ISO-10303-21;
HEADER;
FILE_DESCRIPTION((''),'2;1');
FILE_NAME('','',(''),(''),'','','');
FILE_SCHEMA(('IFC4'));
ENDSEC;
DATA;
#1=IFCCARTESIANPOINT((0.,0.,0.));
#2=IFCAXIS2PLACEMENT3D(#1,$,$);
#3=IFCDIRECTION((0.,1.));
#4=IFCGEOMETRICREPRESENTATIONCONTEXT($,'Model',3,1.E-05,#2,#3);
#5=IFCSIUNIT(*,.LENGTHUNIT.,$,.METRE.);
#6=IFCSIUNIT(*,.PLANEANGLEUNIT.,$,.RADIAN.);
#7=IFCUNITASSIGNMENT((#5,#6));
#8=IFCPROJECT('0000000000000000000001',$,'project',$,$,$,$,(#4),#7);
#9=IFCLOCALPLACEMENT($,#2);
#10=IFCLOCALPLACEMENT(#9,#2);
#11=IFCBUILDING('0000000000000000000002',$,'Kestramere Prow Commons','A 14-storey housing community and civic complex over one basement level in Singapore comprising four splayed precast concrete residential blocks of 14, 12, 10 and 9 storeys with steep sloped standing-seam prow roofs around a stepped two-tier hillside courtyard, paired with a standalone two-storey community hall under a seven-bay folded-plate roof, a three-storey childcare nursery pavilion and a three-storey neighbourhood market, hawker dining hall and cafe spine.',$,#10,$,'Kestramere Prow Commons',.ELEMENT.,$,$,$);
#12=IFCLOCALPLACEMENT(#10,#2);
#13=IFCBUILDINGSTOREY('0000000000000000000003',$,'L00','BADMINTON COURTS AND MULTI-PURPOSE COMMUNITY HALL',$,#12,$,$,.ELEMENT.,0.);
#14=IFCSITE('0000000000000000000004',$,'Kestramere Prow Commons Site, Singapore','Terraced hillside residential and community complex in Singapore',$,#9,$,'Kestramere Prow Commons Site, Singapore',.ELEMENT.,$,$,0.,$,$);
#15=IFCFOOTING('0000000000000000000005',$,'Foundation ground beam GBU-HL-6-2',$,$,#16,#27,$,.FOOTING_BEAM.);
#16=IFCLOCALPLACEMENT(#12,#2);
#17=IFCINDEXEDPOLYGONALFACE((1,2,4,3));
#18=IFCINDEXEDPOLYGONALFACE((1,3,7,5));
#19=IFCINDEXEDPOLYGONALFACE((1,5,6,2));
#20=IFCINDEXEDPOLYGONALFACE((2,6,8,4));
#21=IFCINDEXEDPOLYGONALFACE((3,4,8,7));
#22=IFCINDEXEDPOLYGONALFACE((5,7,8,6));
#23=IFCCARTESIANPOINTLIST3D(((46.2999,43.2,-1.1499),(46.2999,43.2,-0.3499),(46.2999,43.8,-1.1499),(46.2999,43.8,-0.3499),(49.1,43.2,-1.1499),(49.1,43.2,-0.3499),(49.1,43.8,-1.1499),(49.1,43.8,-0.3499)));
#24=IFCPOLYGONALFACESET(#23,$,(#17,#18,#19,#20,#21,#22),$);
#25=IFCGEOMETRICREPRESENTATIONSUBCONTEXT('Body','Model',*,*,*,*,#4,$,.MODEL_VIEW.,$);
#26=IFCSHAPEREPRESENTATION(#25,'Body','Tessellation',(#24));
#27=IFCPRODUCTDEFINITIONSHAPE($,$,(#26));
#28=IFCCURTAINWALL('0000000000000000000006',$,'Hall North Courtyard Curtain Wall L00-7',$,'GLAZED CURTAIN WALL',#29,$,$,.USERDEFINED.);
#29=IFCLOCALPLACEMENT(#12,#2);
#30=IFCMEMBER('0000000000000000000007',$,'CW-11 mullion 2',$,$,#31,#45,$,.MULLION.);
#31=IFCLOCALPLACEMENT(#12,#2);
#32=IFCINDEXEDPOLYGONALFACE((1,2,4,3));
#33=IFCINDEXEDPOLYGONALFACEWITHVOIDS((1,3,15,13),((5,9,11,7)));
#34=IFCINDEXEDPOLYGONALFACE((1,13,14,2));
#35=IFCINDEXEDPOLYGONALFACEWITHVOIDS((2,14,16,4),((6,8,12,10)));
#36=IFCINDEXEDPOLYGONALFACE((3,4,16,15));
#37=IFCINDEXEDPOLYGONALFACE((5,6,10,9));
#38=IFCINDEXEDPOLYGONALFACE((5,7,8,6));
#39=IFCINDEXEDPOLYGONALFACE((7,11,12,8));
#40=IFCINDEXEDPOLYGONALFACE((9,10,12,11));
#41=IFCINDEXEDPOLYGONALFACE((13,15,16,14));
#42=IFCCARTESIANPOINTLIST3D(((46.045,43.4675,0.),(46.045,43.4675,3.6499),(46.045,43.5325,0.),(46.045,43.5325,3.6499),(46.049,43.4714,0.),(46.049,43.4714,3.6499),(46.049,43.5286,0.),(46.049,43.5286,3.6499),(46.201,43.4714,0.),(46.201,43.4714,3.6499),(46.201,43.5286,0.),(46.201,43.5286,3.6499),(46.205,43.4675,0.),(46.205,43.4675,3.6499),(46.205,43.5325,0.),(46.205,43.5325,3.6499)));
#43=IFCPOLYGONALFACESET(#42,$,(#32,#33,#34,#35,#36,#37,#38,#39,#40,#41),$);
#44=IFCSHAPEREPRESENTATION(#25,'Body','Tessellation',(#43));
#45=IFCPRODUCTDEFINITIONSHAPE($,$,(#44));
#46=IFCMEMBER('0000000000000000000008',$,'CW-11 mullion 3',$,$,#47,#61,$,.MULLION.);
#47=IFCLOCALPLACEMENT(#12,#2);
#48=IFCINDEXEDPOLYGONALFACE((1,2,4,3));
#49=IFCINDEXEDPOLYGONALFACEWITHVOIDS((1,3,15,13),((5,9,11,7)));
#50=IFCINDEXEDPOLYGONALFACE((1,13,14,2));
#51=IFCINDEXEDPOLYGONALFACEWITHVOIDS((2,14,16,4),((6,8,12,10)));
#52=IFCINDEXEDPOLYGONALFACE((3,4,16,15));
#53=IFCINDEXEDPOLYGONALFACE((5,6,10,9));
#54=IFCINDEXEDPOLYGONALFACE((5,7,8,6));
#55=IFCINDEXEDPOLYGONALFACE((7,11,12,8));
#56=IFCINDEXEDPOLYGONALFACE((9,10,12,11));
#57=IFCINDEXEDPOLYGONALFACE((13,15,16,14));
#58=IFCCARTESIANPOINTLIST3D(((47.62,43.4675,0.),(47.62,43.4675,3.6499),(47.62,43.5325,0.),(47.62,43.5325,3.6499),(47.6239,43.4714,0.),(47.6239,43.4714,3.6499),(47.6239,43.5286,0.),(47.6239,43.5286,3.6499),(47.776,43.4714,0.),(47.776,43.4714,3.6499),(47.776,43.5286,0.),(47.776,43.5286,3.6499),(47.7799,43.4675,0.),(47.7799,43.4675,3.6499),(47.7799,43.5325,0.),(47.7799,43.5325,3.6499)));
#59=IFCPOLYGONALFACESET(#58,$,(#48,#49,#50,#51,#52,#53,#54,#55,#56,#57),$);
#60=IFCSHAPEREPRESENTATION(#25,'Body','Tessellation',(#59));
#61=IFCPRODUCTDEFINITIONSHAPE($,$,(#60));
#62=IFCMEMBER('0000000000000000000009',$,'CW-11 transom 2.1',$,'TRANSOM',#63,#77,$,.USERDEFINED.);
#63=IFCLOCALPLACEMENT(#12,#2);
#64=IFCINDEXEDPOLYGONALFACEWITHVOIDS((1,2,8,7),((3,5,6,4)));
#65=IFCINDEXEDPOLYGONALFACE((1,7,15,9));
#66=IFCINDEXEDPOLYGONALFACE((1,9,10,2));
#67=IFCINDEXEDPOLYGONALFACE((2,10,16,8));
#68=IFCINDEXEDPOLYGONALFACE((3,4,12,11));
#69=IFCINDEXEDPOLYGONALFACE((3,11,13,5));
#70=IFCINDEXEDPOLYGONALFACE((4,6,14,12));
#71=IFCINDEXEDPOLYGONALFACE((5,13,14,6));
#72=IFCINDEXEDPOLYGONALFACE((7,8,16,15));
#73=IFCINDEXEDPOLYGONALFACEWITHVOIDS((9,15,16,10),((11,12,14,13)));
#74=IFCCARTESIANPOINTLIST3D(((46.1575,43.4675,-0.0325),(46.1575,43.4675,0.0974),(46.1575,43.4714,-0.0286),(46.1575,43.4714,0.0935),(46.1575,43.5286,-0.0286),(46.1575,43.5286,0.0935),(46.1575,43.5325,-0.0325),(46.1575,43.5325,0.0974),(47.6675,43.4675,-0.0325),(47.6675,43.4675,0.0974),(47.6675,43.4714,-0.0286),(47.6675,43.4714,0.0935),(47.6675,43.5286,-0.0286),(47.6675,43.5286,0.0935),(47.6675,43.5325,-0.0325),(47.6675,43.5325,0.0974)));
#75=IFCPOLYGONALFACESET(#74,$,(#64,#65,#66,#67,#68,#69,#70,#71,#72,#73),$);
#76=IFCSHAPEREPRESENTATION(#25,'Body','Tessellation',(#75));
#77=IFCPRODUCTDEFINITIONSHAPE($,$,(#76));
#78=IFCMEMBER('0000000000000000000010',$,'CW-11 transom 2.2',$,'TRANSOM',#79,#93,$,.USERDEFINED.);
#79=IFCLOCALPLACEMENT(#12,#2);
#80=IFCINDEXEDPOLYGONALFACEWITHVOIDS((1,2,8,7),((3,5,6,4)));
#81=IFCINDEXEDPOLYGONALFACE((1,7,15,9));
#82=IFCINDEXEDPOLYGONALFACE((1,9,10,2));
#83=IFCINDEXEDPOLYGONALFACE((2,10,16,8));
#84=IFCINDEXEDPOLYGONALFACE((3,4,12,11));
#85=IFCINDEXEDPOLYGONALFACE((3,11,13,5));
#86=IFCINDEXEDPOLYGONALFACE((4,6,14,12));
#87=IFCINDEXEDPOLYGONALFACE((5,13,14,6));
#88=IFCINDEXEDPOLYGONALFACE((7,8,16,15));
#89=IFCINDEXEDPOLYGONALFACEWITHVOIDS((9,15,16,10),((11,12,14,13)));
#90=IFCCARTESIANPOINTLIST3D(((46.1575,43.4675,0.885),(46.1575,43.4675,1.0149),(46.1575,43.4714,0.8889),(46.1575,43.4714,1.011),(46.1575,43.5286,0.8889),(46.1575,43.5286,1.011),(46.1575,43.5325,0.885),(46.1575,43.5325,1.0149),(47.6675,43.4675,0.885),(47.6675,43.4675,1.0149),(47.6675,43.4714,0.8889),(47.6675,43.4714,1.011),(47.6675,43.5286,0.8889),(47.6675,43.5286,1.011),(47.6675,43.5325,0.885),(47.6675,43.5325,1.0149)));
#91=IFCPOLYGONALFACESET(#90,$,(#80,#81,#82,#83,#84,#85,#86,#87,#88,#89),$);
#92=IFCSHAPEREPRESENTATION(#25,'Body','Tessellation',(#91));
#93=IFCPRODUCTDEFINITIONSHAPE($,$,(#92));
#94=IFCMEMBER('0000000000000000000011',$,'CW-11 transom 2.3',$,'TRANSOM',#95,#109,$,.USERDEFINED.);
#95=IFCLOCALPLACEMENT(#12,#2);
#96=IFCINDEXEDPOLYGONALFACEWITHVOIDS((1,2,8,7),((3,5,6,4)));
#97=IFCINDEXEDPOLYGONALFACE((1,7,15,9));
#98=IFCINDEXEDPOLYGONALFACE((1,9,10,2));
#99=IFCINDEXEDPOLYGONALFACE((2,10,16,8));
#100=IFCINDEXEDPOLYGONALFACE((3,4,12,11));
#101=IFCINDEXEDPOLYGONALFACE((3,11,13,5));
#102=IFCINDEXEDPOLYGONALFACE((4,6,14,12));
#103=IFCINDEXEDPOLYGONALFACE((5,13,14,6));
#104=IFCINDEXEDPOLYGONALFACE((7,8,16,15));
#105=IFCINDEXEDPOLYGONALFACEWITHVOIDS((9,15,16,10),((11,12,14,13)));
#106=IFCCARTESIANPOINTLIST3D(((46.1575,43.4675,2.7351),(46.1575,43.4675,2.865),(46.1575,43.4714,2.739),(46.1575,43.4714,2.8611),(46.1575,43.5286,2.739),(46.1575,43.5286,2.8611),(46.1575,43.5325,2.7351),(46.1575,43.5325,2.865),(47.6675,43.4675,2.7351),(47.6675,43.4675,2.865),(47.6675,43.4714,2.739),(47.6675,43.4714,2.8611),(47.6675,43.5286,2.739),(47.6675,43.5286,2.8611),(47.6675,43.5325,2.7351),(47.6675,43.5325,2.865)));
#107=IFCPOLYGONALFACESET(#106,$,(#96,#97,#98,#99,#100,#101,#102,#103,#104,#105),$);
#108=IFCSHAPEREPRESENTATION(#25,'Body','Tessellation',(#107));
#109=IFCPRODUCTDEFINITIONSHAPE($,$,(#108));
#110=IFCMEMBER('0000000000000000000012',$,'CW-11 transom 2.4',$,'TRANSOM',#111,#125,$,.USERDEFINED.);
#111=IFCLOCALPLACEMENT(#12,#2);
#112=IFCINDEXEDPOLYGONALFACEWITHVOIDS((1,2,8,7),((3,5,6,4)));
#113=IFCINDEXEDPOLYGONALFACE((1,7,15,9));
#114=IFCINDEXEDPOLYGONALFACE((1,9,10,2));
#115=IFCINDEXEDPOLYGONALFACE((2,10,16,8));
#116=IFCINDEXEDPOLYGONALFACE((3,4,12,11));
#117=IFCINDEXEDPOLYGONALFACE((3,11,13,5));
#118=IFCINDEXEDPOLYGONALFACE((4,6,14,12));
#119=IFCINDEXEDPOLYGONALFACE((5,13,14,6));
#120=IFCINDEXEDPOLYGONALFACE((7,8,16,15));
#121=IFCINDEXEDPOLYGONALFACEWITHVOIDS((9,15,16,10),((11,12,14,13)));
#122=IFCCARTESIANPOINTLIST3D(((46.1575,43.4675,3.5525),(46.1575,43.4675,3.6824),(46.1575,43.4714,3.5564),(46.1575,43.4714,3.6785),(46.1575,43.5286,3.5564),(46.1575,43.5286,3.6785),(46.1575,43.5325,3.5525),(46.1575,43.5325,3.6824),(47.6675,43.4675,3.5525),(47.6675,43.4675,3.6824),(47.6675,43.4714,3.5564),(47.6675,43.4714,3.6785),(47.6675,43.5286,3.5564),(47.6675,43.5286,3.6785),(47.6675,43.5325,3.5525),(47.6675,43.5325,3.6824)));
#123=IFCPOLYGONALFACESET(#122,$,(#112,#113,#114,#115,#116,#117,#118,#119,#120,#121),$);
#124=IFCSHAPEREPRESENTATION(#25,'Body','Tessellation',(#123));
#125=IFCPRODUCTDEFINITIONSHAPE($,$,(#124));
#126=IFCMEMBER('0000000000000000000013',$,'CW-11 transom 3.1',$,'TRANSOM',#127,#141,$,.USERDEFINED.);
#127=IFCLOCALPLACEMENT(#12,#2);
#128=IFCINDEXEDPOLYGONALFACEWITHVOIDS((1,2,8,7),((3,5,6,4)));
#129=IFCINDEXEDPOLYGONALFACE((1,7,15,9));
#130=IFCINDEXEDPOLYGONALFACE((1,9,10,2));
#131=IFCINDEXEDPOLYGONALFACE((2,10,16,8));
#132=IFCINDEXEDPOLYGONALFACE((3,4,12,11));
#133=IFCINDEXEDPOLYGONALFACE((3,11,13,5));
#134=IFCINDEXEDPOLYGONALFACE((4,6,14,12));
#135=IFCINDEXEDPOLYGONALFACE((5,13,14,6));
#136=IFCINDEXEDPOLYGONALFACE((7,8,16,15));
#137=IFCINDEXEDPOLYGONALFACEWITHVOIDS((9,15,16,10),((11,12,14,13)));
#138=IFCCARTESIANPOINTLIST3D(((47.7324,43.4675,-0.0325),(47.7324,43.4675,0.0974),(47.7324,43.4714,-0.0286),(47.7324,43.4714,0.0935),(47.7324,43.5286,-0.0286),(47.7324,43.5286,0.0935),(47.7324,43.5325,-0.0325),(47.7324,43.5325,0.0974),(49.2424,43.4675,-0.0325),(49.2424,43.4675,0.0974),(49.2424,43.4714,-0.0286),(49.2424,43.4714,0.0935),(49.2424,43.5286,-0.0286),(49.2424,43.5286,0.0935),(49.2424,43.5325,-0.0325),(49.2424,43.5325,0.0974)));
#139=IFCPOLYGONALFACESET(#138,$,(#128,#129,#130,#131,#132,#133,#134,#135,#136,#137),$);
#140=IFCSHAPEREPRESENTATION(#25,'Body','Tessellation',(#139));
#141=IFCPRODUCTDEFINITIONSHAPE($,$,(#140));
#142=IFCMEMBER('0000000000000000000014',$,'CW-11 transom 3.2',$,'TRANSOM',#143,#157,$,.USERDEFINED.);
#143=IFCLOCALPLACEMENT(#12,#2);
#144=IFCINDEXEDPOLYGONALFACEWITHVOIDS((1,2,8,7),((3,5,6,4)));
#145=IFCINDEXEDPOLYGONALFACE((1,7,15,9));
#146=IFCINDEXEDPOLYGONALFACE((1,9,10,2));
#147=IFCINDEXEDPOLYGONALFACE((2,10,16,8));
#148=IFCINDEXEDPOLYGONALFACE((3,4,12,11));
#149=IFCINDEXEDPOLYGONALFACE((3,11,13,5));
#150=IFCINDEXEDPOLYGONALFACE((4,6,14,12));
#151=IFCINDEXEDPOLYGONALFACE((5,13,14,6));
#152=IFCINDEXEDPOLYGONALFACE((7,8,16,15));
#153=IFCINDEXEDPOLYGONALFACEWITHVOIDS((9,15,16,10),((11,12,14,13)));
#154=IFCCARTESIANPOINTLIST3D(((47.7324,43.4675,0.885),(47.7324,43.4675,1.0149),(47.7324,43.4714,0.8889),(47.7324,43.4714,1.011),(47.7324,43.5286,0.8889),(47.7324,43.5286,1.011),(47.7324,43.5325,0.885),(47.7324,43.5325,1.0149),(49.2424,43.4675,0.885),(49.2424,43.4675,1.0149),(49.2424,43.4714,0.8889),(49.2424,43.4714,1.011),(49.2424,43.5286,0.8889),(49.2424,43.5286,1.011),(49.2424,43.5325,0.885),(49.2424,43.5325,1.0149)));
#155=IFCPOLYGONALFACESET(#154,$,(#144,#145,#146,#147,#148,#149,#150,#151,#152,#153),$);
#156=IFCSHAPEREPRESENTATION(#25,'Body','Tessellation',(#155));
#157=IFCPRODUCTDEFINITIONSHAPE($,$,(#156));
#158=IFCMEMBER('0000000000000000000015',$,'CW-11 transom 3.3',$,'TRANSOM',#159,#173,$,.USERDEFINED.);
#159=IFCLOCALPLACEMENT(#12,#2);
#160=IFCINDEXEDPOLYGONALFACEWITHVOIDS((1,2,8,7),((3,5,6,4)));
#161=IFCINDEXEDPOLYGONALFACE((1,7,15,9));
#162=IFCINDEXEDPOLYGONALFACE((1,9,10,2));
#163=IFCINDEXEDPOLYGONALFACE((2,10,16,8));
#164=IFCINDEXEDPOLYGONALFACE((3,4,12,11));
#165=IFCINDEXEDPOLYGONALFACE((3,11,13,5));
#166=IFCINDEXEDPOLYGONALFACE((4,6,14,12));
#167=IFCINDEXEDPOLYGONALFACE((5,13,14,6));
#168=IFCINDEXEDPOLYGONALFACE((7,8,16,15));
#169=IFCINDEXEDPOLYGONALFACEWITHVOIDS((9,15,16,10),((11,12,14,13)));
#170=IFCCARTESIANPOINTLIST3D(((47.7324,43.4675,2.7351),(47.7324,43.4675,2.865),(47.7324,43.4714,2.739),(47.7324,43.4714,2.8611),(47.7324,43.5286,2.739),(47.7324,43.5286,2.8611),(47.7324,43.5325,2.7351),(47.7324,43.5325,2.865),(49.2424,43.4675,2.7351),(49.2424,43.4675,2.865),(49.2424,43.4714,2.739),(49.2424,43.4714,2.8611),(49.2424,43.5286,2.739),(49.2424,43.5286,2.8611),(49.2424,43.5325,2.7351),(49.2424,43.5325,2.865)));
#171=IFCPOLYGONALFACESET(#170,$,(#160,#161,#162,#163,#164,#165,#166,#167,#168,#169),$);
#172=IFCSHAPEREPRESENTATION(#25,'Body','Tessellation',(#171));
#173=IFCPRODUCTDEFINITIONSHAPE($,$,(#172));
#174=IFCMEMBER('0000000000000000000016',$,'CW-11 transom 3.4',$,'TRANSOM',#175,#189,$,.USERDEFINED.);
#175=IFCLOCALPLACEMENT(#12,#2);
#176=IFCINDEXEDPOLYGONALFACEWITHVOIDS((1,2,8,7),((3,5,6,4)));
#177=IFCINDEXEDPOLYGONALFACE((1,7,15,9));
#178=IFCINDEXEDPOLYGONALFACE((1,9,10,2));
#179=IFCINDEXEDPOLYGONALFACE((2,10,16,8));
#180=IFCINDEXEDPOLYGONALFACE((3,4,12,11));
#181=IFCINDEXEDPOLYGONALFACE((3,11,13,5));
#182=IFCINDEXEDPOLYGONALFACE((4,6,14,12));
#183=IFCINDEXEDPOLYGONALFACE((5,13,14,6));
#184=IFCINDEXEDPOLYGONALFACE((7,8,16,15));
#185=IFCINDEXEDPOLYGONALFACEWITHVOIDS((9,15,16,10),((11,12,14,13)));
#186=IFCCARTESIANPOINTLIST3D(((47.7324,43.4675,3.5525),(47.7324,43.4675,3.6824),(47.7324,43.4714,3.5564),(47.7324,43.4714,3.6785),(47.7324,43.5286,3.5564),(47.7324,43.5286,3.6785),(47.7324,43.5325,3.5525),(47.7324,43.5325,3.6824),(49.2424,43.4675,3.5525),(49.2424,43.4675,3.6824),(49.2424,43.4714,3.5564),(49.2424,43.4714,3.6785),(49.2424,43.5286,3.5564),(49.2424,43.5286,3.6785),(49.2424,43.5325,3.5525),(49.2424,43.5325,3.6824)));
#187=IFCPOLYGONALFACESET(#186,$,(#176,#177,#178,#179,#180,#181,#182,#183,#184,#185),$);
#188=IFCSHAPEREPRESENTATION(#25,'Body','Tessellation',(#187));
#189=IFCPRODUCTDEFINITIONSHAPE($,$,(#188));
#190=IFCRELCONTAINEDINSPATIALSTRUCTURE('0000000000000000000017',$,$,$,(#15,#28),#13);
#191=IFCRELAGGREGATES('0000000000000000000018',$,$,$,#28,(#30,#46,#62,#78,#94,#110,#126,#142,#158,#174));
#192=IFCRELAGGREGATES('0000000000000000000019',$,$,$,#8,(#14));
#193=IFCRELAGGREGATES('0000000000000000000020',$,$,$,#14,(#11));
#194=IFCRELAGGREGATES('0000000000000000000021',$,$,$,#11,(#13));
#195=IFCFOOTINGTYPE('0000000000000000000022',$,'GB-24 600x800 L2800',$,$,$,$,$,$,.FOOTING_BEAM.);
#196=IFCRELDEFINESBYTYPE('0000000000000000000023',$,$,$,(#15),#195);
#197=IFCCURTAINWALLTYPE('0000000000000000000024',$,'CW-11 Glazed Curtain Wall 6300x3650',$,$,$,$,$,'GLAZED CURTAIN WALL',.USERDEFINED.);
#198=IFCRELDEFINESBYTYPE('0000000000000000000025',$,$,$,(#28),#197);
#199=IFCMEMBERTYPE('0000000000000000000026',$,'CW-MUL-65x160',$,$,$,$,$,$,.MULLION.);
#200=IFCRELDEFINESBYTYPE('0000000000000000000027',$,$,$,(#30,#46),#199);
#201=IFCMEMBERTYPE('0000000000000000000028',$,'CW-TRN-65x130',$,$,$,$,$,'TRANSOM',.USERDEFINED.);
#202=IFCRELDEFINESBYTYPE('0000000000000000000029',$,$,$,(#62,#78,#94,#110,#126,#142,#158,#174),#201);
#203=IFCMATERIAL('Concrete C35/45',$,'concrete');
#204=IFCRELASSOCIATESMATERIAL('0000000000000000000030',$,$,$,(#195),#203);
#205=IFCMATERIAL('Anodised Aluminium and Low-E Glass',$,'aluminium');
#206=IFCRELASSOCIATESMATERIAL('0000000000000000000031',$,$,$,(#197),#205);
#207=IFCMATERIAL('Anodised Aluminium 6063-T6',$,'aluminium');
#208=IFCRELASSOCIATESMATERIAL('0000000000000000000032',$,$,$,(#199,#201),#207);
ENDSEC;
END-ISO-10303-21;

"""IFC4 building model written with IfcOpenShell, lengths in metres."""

from ifc_helpers import new_model, si_unit, direction, frame, origin, origin_2d, place, context, subcontext, project, spatial, rectangle, hollow_rectangle, extrude, material, material_profile, profile_set, type_object, element, aggregate, save


model = new_model("IFC4")

# Units and contexts
model_context = context("Model", 3, precision=1e-05, world=origin(), true_north=direction((0.0, 1.0)))
body_context = subcontext(model_context, "Body", "Model", "MODEL_VIEW")
ifc_project = project(units=[si_unit("LENGTHUNIT", "METRE"), si_unit("PLANEANGLEUNIT", "RADIAN")], contexts=[model_context])

# Site, building, storey
site_placement = place(None, origin())
site = spatial("IfcSite", under=ifc_project, at=site_placement, Name="Kestramere Prow Commons Site, Singapore", Description="Terraced hillside residential and community complex in Singapore", LongName="Kestramere Prow Commons Site, Singapore", CompositionType="ELEMENT", RefElevation=0.0)
building_placement = place(site_placement, origin())
building = spatial("IfcBuilding", under=site, at=building_placement, Name="Kestramere Prow Commons", Description="A 14-storey housing community and civic complex over one basement level in Singapore comprising four splayed precast concrete residential blocks of 14, 12, 10 and 9 storeys with steep sloped standing-seam prow roofs around a stepped two-tier hillside courtyard, paired with a standalone two-storey community hall under a seven-bay folded-plate roof, a three-storey childcare nursery pavilion and a three-storey neighbourhood market, hawker dining hall and cafe spine.", LongName="Kestramere Prow Commons", CompositionType="ELEMENT")
storey_placement = place(building_placement, origin())
storey = spatial("IfcBuildingStorey", under=building, at=storey_placement, Name="L00", Description="BADMINTON COURTS AND MULTI-PURPOSE COMMUNITY HALL", CompositionType="ELEMENT", Elevation=0.0)

# Footing
ifc_material_1 = material(Name="Concrete C35/45", Category="concrete")
footing_type = type_object("IfcFootingType", Name="GB-24 600x800 L2800", PredefinedType="FOOTING_BEAM", material=ifc_material_1)
footing_placement = place(storey_placement, frame((47.7, 43.5, -1.1499), z_axis=(0.0, 0.0, 1.0), x_axis=(1.0, 0.0, 0.0)))
element("IfcFooting", 1, at=footing_placement, inside=storey, type_object=footing_type, Name="Foundation ground beam GBU-HL-6-2", PredefinedType="FOOTING_BEAM", context=body_context, shape_type="SweptSolid", body=[
    extrude(rectangle(XDim=2.8, YDim=0.6001, at=origin_2d()), origin(), (0.0, 0.0, 1.0), 0.8),
])

# Curtain wall, members
ifc_material_2 = material(Name="Anodised Aluminium and Low-E Glass", Category="aluminium")
curtain_wall_type = type_object("IfcCurtainWallType", Name="CW-11 Glazed Curtain Wall 6300x3650", ElementType="GLAZED CURTAIN WALL", PredefinedType="USERDEFINED", material=ifc_material_2)
curtain_wall_placement = place(storey_placement, origin())
curtain_wall = element("IfcCurtainWall", 2, at=curtain_wall_placement, inside=storey, type_object=curtain_wall_type, Name="Hall North Courtyard Curtain Wall L00-7", ObjectType="GLAZED CURTAIN WALL", PredefinedType="USERDEFINED")
ifc_material_3 = material(Name="Anodised Aluminium 6063-T6", Category="aluminium")
ifc_material_profile_1 = material_profile(ifc_material_3, hollow_rectangle(XDim=0.0649, YDim=0.1599, WallThickness=0.0039, at=origin_2d()), Name="ALU-MUL 65x160")
ifc_profile_set_1 = profile_set([ifc_material_profile_1], Name="Anodised Aluminium 6063-T6")
member_type_1 = type_object("IfcMemberType", Name="CW-MUL-65x160", PredefinedType="MULLION", material=ifc_profile_set_1)
member_1_placement = place(storey_placement, frame((46.125, 43.5, 0.0), z_axis=(0.0, 0.0, 1.0), x_axis=(0.0, 1.0, 0.0)))
member_1 = element("IfcMember", 3, at=member_1_placement, type_object=member_type_1, Name="CW-11 mullion 2", PredefinedType="MULLION", context=body_context, shape_type="SweptSolid", body=[
    extrude(hollow_rectangle(XDim=0.0649, YDim=0.1599, WallThickness=0.0039, at=origin_2d()), origin(), (0.0, 0.0, 1.0), 3.6499),
])
member_2_placement = place(storey_placement, frame((47.7, 43.5, 0.0), z_axis=(0.0, 0.0, 1.0), x_axis=(0.0, 1.0, 0.0)))
member_2 = element("IfcMember", 4, at=member_2_placement, type_object=member_type_1, Name="CW-11 mullion 3", PredefinedType="MULLION", context=body_context, shape_type="SweptSolid", body=[
    extrude(hollow_rectangle(XDim=0.0649, YDim=0.1599, WallThickness=0.0039, at=origin_2d()), origin(), (0.0, 0.0, 1.0), 3.6499),
])
ifc_material_profile_2 = material_profile(ifc_material_3, hollow_rectangle(XDim=0.0649, YDim=0.1299, WallThickness=0.0039, at=origin_2d()), Name="ALU-TRN 65x130")
ifc_profile_set_2 = profile_set([ifc_material_profile_2], Name="Anodised Aluminium 6063-T6")
member_type_2 = type_object("IfcMemberType", Name="CW-TRN-65x130", ElementType="TRANSOM", PredefinedType="USERDEFINED", material=ifc_profile_set_2)
member_3_placement = place(storey_placement, frame((46.1575, 43.5, 0.0325), z_axis=(1.0, 0.0, 0.0), x_axis=(0.0, 1.0, 0.0)))
member_3 = element("IfcMember", 5, at=member_3_placement, type_object=member_type_2, Name="CW-11 transom 2.1", ObjectType="TRANSOM", PredefinedType="USERDEFINED", context=body_context, shape_type="SweptSolid", body=[
    extrude(hollow_rectangle(XDim=0.0649, YDim=0.1299, WallThickness=0.0039, at=origin_2d()), origin(), (0.0, 0.0, 1.0), 1.51),
])
member_4_placement = place(storey_placement, frame((46.1575, 43.5, 0.95), z_axis=(1.0, 0.0, 0.0), x_axis=(0.0, 1.0, 0.0)))
member_4 = element("IfcMember", 6, at=member_4_placement, type_object=member_type_2, Name="CW-11 transom 2.2", ObjectType="TRANSOM", PredefinedType="USERDEFINED", context=body_context, shape_type="SweptSolid", body=[
    extrude(hollow_rectangle(XDim=0.0649, YDim=0.1299, WallThickness=0.0039, at=origin_2d()), origin(), (0.0, 0.0, 1.0), 1.51),
])
member_5_placement = place(storey_placement, frame((46.1575, 43.5, 2.8), z_axis=(1.0, 0.0, 0.0), x_axis=(0.0, 1.0, 0.0)))
member_5 = element("IfcMember", 7, at=member_5_placement, type_object=member_type_2, Name="CW-11 transom 2.3", ObjectType="TRANSOM", PredefinedType="USERDEFINED", context=body_context, shape_type="SweptSolid", body=[
    extrude(hollow_rectangle(XDim=0.0649, YDim=0.1299, WallThickness=0.0039, at=origin_2d()), origin(), (0.0, 0.0, 1.0), 1.51),
])
member_6_placement = place(storey_placement, frame((46.1575, 43.5, 3.6174), z_axis=(1.0, 0.0, 0.0), x_axis=(0.0, 1.0, 0.0)))
member_6 = element("IfcMember", 8, at=member_6_placement, type_object=member_type_2, Name="CW-11 transom 2.4", ObjectType="TRANSOM", PredefinedType="USERDEFINED", context=body_context, shape_type="SweptSolid", body=[
    extrude(hollow_rectangle(XDim=0.0649, YDim=0.1299, WallThickness=0.0039, at=origin_2d()), origin(), (0.0, 0.0, 1.0), 1.51),
])
member_7_placement = place(storey_placement, frame((47.7324, 43.5, 0.0325), z_axis=(1.0, 0.0, 0.0), x_axis=(0.0, 1.0, 0.0)))
member_7 = element("IfcMember", 9, at=member_7_placement, type_object=member_type_2, Name="CW-11 transom 3.1", ObjectType="TRANSOM", PredefinedType="USERDEFINED", context=body_context, shape_type="SweptSolid", body=[
    extrude(hollow_rectangle(XDim=0.0649, YDim=0.1299, WallThickness=0.0039, at=origin_2d()), origin(), (0.0, 0.0, 1.0), 1.51),
])
member_8_placement = place(storey_placement, frame((47.7324, 43.5, 0.95), z_axis=(1.0, 0.0, 0.0), x_axis=(0.0, 1.0, 0.0)))
member_8 = element("IfcMember", 10, at=member_8_placement, type_object=member_type_2, Name="CW-11 transom 3.2", ObjectType="TRANSOM", PredefinedType="USERDEFINED", context=body_context, shape_type="SweptSolid", body=[
    extrude(hollow_rectangle(XDim=0.0649, YDim=0.1299, WallThickness=0.0039, at=origin_2d()), origin(), (0.0, 0.0, 1.0), 1.51),
])
member_9_placement = place(storey_placement, frame((47.7324, 43.5, 2.8), z_axis=(1.0, 0.0, 0.0), x_axis=(0.0, 1.0, 0.0)))
member_9 = element("IfcMember", 11, at=member_9_placement, type_object=member_type_2, Name="CW-11 transom 3.3", ObjectType="TRANSOM", PredefinedType="USERDEFINED", context=body_context, shape_type="SweptSolid", body=[
    extrude(hollow_rectangle(XDim=0.0649, YDim=0.1299, WallThickness=0.0039, at=origin_2d()), origin(), (0.0, 0.0, 1.0), 1.51),
])
member_10_placement = place(storey_placement, frame((47.7324, 43.5, 3.6174), z_axis=(1.0, 0.0, 0.0), x_axis=(0.0, 1.0, 0.0)))
member_10 = element("IfcMember", 12, at=member_10_placement, type_object=member_type_2, Name="CW-11 transom 3.4", ObjectType="TRANSOM", PredefinedType="USERDEFINED", context=body_context, shape_type="SweptSolid", body=[
    extrude(hollow_rectangle(XDim=0.0649, YDim=0.1299, WallThickness=0.0039, at=origin_2d()), origin(), (0.0, 0.0, 1.0), 1.51),
])
aggregate(curtain_wall, [member_1, member_2, member_3, member_4, member_5, member_6, member_7, member_8, member_9, member_10])

save(model, "model.ifc")
